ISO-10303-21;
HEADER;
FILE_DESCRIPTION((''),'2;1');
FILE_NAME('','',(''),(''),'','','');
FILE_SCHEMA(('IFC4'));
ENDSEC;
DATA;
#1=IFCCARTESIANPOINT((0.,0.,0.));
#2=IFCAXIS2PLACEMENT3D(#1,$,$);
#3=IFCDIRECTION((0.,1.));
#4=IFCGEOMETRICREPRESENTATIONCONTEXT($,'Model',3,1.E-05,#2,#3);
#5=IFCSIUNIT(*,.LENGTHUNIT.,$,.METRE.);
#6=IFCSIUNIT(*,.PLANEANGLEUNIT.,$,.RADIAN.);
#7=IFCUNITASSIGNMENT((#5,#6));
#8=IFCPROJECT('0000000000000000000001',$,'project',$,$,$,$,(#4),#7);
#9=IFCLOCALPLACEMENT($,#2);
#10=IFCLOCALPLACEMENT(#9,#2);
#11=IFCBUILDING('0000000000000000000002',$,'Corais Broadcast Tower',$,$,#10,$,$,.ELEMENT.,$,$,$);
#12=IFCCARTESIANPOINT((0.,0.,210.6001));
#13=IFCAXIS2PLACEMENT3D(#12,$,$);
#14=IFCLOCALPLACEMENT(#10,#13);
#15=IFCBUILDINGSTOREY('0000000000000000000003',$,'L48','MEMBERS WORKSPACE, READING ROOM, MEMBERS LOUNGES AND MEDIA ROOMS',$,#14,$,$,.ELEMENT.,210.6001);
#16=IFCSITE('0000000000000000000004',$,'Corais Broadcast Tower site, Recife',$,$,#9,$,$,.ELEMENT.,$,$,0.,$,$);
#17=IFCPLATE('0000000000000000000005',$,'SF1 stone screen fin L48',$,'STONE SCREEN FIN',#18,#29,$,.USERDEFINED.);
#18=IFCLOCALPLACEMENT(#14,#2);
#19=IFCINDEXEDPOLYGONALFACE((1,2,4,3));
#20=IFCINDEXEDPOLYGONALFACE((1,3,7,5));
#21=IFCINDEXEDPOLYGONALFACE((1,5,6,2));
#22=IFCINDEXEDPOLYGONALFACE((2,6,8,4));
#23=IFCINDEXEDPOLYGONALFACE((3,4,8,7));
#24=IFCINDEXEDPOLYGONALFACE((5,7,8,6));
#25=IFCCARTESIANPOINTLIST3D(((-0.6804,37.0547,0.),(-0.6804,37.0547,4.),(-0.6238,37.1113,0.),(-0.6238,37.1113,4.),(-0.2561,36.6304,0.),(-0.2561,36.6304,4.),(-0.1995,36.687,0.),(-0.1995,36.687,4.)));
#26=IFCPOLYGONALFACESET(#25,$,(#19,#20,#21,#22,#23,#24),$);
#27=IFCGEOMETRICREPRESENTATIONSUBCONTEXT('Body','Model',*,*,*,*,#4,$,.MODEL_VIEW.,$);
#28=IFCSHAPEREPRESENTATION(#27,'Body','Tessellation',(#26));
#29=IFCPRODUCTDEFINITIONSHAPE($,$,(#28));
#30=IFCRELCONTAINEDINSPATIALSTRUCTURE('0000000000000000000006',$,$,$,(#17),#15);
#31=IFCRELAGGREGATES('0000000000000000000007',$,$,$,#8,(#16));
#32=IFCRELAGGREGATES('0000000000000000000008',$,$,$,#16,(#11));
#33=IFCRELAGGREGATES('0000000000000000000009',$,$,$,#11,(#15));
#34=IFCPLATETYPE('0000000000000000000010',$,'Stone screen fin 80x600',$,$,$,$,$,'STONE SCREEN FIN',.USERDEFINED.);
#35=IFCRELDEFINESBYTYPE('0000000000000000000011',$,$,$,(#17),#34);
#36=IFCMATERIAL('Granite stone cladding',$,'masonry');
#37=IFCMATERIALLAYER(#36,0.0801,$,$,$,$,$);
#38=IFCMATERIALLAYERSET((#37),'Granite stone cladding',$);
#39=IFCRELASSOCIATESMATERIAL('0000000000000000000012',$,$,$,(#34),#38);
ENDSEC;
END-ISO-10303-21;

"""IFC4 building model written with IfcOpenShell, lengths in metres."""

from ifc_helpers import new_model, si_unit, direction, frame, origin, origin_2d, place, context, subcontext, project, spatial, rectangle, extrude, material, layer, layer_set, type_object, element, save


model = new_model("IFC4")

# Units and contexts
model_context = context("Model", 3, precision=1e-05, world=origin(), true_north=direction((0.0, 1.0)))
body_context = subcontext(model_context, "Body", "Model", "MODEL_VIEW")
ifc_project = project(units=[si_unit("LENGTHUNIT", "METRE"), si_unit("PLANEANGLEUNIT", "RADIAN")], contexts=[model_context])

# Site, building, storey
site_placement = place(None, origin())
site = spatial("IfcSite", under=ifc_project, at=site_placement, Name="Corais Broadcast Tower site, Recife", CompositionType="ELEMENT", RefElevation=0.0)
building_placement = place(site_placement, origin())
building = spatial("IfcBuilding", under=site, at=building_placement, Name="Corais Broadcast Tower", CompositionType="ELEMENT")
storey_placement = place(building_placement, frame((0.0, 0.0, 210.6001)))
storey = spatial("IfcBuildingStorey", under=building, at=storey_placement, Name="L48", Description="MEMBERS WORKSPACE, READING ROOM, MEMBERS LOUNGES AND MEDIA ROOMS", CompositionType="ELEMENT", Elevation=210.6001)

# Plate
ifc_material_1 = material(Name="Granite stone cladding", Category="masonry")
ifc_layer_1 = layer(ifc_material_1, 0.0801)
ifc_layer_set_1 = layer_set([ifc_layer_1], Name="Granite stone cladding")
plate_type_1 = type_object("IfcPlateType", Name="Stone screen fin 80x600", ElementType="STONE SCREEN FIN", PredefinedType="USERDEFINED", material=ifc_layer_set_1)
plate_1_placement = place(storey_placement, frame((-0.4399, 36.8708, 0.0), z_axis=(0.0, 0.0, 1.0), x_axis=(0.707107, 0.707107, 0.0)))
element("IfcPlate", 1, at=plate_1_placement, inside=storey, type_object=plate_type_1, Name="SF1 stone screen fin L48", ObjectType="STONE SCREEN FIN", PredefinedType="USERDEFINED", context=body_context, shape_type="SweptSolid", body=[
    extrude(rectangle(XDim=0.0801, YDim=0.6001, at=origin_2d()), origin(), (0.0, 0.0, 1.0), 4.0),
])

save(model, "model.ifc")
